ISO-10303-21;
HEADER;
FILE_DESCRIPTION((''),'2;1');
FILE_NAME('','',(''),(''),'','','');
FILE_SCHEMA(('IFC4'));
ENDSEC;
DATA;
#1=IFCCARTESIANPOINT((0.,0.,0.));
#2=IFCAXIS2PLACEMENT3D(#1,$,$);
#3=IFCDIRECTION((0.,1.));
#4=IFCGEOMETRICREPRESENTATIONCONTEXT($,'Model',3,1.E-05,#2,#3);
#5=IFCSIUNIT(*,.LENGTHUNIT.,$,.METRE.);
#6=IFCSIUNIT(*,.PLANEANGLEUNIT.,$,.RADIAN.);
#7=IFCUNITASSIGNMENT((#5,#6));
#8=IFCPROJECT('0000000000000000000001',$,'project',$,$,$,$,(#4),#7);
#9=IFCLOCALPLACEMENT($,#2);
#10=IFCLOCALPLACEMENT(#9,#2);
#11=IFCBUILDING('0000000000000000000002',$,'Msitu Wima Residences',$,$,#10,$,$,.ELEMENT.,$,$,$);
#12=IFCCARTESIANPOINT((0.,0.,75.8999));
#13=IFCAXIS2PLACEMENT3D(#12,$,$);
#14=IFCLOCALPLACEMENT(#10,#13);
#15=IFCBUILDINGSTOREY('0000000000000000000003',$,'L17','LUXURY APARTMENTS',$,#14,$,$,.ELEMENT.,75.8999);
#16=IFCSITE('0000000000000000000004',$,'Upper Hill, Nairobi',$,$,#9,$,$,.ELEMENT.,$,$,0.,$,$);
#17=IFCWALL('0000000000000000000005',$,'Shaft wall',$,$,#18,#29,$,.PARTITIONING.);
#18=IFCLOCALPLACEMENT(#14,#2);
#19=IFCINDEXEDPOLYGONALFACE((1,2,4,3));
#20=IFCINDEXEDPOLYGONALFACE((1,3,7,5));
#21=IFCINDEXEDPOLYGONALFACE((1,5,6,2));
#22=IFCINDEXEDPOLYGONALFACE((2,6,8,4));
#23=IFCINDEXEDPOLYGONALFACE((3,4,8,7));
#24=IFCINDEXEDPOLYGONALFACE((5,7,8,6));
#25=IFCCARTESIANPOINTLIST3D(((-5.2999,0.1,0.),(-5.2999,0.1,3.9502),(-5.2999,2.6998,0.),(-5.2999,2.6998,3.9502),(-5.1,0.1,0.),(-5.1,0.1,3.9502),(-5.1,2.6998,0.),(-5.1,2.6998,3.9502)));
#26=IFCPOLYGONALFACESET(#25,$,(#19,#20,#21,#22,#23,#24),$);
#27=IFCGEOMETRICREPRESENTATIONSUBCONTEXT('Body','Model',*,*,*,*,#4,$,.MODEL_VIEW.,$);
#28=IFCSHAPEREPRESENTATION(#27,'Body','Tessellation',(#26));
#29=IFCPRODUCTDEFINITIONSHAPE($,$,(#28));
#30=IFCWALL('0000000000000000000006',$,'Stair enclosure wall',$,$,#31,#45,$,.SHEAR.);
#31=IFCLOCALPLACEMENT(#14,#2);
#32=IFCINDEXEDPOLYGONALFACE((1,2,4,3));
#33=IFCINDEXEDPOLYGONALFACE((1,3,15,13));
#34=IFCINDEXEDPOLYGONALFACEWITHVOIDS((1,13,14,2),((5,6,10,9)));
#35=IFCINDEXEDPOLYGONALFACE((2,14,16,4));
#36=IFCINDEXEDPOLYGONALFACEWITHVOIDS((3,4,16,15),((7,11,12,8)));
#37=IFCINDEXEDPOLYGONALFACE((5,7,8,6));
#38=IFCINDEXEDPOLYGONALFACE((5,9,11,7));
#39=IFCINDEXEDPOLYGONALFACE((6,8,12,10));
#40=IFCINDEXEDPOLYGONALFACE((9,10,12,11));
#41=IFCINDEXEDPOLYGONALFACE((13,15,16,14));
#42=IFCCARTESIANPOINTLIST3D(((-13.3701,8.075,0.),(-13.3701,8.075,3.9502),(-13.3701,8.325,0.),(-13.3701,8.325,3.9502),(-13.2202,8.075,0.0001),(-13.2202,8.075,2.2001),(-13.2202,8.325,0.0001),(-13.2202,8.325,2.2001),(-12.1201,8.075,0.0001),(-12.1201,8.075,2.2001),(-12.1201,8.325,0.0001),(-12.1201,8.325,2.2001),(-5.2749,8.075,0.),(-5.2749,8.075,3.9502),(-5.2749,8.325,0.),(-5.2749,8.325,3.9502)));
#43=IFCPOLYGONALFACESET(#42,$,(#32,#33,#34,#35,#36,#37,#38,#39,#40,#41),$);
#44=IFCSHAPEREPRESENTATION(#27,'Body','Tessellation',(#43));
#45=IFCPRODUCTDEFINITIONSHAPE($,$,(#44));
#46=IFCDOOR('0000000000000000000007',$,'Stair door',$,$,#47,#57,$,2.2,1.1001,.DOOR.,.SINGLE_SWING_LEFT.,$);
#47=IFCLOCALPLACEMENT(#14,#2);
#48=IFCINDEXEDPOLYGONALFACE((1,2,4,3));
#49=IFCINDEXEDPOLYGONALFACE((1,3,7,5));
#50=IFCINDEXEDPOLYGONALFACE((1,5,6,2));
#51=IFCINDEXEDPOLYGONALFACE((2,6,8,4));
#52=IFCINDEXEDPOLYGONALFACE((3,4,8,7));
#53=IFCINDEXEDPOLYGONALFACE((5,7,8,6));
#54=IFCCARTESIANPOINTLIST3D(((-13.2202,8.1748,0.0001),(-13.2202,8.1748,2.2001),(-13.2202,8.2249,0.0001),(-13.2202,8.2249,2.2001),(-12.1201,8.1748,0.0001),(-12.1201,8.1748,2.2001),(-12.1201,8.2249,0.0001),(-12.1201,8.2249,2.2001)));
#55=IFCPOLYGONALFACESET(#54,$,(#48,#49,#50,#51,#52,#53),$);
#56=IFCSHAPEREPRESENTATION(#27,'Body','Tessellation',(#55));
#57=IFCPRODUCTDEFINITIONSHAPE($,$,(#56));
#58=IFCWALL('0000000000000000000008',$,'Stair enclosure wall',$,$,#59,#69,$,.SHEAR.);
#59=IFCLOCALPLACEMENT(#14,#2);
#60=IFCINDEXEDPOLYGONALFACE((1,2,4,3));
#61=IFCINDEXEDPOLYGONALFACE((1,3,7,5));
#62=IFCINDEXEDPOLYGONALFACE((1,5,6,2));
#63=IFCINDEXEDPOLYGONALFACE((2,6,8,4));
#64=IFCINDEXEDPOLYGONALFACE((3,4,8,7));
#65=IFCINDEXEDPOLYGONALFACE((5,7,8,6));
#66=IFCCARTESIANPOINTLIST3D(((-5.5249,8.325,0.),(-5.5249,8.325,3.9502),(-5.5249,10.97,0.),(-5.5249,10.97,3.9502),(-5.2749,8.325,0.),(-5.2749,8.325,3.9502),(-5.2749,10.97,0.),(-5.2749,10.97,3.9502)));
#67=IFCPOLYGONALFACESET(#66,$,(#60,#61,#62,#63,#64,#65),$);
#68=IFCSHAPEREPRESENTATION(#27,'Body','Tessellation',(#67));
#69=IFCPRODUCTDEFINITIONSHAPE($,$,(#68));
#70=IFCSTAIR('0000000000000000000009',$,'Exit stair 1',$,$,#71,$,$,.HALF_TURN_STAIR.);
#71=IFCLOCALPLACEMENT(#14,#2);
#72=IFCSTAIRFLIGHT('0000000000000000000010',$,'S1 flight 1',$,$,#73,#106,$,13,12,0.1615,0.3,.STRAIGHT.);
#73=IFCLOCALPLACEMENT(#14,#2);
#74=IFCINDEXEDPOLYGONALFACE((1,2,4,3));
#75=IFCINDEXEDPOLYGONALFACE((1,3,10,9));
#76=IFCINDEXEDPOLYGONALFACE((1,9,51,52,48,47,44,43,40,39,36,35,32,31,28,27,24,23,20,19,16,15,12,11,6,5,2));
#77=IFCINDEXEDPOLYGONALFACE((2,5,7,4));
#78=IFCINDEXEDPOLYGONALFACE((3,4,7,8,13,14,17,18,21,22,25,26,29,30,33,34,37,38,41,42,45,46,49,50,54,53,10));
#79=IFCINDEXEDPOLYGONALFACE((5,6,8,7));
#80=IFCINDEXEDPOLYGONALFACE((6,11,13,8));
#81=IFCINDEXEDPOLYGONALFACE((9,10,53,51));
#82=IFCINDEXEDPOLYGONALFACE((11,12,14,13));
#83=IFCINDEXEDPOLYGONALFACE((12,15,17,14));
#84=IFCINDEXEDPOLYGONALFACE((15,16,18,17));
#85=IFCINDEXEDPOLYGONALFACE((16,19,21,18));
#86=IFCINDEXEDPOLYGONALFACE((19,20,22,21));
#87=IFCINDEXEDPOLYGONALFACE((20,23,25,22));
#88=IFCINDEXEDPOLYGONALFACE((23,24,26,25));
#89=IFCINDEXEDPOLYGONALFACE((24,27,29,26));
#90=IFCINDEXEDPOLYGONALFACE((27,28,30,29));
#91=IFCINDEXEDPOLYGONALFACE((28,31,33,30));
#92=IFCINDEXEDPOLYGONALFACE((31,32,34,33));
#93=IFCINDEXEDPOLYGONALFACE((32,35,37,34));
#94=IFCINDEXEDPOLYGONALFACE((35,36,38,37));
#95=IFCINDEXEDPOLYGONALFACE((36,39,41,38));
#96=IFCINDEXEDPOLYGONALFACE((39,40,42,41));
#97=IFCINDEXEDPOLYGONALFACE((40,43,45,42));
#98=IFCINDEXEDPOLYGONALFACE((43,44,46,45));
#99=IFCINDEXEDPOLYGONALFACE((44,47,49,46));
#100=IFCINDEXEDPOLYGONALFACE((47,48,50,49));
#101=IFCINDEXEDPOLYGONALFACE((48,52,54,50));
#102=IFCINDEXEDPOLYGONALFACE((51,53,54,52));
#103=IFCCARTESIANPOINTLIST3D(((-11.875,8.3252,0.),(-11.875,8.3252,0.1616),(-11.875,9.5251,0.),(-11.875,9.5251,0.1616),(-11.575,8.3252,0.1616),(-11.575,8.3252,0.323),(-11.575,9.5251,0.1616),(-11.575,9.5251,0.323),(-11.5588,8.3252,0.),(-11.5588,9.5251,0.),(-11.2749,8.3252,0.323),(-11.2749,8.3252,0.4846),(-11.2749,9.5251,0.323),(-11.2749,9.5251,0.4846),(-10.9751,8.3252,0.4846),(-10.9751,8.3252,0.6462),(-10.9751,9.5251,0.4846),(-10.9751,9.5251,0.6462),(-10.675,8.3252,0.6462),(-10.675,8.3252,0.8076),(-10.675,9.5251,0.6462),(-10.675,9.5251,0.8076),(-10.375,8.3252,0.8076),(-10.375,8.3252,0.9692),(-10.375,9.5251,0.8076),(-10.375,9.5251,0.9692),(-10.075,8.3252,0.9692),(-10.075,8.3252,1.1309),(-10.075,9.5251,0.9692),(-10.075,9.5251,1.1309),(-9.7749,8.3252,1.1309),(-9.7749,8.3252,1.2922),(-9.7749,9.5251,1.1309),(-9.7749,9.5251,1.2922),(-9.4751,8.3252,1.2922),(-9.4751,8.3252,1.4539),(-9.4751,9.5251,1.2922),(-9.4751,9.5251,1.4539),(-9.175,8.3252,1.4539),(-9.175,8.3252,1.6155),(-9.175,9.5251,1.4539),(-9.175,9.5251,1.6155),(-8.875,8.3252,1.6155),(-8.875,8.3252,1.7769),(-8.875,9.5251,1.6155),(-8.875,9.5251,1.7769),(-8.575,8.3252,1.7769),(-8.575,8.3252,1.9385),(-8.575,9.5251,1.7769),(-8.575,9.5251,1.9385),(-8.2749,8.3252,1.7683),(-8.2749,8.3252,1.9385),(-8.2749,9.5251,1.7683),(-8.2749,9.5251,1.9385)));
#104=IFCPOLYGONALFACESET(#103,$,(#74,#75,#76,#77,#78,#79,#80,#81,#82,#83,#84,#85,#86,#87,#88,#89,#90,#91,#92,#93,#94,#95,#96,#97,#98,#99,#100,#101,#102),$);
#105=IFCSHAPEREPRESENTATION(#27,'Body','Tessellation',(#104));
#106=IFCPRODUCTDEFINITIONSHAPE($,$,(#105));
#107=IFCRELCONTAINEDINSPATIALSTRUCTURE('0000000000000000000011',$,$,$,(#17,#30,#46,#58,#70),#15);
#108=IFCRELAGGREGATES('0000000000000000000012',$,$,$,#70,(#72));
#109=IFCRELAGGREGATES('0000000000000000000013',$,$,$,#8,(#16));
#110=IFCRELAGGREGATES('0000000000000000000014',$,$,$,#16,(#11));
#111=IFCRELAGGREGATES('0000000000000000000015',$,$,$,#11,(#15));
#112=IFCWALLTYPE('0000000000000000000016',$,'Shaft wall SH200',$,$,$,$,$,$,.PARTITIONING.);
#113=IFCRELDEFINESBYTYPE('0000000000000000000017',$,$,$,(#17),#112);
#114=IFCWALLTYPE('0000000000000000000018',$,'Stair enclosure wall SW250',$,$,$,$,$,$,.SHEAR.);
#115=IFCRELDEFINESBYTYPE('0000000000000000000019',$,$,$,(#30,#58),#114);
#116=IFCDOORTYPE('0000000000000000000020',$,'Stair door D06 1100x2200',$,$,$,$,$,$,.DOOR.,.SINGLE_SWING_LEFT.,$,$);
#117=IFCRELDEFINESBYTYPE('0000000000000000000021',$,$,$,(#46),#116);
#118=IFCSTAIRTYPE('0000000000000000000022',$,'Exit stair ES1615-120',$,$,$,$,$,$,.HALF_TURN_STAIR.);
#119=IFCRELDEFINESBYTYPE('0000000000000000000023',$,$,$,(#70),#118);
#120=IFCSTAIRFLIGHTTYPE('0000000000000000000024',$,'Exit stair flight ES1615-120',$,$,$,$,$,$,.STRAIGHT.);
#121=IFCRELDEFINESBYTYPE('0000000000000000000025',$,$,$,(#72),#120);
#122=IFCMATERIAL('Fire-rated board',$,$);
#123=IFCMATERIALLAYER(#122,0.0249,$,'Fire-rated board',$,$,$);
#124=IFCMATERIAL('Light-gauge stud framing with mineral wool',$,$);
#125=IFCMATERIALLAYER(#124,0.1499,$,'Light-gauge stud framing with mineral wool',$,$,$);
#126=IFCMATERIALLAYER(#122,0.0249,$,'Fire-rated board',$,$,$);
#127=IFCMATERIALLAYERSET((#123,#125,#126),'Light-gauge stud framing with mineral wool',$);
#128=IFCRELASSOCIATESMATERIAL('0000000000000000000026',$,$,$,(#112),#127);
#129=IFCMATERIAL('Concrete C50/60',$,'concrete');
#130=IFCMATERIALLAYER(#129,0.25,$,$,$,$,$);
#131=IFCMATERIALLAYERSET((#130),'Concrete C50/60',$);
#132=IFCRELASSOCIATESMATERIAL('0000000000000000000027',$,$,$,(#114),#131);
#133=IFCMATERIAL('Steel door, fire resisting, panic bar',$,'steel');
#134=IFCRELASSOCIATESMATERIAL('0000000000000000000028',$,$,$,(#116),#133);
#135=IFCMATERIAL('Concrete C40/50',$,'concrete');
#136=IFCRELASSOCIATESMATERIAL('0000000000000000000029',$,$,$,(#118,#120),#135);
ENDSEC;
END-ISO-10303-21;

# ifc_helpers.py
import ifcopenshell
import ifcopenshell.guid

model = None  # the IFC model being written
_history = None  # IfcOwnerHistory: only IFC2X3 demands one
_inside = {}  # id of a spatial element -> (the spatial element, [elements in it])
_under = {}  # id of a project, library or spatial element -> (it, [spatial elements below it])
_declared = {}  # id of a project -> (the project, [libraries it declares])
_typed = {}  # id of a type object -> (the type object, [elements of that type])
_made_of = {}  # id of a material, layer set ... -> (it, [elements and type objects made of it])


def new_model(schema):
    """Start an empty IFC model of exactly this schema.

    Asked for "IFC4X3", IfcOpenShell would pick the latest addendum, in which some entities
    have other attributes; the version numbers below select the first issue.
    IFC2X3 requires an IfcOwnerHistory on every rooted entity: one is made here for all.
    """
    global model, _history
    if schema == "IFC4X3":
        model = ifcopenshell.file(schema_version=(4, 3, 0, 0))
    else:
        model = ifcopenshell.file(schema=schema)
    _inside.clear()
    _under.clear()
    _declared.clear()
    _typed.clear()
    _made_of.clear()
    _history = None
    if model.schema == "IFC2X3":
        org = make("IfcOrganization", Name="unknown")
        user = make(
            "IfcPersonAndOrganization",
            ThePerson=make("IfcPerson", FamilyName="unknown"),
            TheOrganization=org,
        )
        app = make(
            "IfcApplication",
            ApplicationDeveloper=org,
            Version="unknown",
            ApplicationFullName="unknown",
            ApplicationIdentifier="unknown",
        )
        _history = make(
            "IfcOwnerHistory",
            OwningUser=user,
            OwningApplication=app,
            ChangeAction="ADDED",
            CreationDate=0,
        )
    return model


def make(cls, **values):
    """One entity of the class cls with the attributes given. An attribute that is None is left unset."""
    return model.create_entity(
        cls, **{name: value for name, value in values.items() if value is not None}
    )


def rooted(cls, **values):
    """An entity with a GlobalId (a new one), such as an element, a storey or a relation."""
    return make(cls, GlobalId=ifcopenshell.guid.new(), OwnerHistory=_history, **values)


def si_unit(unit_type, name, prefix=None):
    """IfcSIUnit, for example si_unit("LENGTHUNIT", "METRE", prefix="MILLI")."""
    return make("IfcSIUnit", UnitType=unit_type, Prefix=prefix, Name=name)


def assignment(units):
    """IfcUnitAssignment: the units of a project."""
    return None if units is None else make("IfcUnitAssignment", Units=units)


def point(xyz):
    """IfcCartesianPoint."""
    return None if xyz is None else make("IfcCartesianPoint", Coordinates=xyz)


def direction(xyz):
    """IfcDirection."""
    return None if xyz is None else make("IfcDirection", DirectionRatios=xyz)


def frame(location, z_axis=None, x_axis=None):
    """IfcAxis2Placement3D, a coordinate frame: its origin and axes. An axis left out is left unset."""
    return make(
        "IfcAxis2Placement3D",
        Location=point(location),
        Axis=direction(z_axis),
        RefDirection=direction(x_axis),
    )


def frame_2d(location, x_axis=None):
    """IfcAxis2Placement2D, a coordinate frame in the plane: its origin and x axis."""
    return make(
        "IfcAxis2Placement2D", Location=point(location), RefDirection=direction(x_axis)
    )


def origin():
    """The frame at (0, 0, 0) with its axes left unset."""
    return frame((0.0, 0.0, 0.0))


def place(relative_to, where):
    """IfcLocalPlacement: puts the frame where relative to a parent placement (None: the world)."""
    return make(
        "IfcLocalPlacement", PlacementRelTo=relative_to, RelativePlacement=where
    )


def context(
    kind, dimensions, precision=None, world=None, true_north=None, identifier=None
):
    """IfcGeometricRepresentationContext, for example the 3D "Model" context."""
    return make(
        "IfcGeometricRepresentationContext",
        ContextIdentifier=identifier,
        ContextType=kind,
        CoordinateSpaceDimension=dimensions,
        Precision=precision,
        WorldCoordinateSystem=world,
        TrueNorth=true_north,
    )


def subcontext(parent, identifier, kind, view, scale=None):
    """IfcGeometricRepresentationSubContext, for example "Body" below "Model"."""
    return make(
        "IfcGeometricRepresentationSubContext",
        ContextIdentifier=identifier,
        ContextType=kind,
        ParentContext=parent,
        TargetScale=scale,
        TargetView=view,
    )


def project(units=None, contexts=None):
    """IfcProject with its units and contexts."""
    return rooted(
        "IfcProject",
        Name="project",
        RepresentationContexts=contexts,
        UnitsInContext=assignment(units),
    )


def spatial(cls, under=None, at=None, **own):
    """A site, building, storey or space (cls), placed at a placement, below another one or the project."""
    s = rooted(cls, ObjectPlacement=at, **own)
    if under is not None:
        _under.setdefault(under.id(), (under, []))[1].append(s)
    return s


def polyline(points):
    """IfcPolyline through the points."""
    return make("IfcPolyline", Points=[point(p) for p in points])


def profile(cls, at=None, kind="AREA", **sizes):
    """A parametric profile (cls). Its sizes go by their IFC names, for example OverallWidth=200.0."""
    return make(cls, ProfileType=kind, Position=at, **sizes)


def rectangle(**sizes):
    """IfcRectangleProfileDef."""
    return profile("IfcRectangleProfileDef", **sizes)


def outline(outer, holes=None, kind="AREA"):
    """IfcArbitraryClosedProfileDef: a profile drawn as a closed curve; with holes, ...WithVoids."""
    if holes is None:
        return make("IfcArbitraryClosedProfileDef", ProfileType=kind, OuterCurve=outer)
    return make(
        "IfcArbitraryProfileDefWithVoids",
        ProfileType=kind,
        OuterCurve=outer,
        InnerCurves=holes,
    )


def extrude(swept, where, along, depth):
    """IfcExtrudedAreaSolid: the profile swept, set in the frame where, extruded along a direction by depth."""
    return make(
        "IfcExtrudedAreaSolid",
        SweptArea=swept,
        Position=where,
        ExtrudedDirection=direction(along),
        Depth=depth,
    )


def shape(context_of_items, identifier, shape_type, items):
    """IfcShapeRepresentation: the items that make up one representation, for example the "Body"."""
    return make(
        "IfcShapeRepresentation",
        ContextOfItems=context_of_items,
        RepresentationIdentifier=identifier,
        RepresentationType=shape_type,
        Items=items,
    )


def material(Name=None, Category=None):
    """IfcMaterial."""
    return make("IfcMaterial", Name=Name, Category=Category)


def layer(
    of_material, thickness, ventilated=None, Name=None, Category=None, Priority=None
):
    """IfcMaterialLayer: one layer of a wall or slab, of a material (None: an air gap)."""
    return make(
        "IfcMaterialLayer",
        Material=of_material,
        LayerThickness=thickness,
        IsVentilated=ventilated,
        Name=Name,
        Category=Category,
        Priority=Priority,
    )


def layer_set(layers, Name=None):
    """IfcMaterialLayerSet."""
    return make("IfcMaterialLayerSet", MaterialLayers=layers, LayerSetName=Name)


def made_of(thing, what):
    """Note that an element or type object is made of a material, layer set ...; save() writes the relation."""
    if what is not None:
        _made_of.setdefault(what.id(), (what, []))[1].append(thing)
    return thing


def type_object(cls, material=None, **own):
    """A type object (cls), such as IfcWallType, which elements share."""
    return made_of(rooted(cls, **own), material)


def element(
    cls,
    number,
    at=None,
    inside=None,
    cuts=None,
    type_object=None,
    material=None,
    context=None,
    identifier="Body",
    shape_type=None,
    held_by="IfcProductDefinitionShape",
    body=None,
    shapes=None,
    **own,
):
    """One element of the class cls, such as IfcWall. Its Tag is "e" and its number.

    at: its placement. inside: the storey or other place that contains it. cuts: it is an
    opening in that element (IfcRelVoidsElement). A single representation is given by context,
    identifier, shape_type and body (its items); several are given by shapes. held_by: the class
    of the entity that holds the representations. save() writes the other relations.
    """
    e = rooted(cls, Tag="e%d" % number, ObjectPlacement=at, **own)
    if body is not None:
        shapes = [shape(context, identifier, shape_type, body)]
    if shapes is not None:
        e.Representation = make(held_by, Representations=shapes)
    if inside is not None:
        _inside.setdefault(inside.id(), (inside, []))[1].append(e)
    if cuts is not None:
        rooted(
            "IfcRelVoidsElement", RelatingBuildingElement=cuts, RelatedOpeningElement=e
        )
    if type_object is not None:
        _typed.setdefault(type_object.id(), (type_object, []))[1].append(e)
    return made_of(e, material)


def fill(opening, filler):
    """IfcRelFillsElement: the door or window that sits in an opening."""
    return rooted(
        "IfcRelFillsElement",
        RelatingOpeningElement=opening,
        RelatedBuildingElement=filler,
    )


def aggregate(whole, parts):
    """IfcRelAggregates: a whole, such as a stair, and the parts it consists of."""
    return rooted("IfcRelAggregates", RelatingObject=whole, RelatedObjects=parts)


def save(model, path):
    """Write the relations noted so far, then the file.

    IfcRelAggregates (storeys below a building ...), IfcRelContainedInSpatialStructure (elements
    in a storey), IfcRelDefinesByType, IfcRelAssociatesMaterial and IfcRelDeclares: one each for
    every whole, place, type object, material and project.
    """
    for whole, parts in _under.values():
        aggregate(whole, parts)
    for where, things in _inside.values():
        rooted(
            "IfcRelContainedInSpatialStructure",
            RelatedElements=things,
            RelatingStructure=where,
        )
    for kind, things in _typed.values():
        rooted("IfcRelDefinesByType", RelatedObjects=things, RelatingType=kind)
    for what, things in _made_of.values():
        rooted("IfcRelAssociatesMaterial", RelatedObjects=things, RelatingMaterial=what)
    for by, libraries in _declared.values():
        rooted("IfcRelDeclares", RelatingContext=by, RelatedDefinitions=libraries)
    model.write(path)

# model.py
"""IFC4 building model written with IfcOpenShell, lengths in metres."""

from ifc_helpers import new_model, si_unit, direction, frame, frame_2d, origin, place, context, subcontext, project, spatial, polyline, rectangle, outline, extrude, material, layer, layer_set, type_object, element, fill, aggregate, save


model = new_model("IFC4")

# Units and contexts
model_context = context("Model", 3, precision=1e-05, world=origin(), true_north=direction((0.0, 1.0)))
body_context = subcontext(model_context, "Body", "Model", "MODEL_VIEW")
ifc_project = project(units=[si_unit("LENGTHUNIT", "METRE"), si_unit("PLANEANGLEUNIT", "RADIAN")], contexts=[model_context])

# Site, building, storey
site_placement = place(None, origin())
site = spatial("IfcSite", under=ifc_project, at=site_placement, Name="Upper Hill, Nairobi", CompositionType="ELEMENT", RefElevation=0.0)
building_placement = place(site_placement, origin())
building = spatial("IfcBuilding", under=site, at=building_placement, Name="Msitu Wima Residences", CompositionType="ELEMENT")
storey_placement = place(building_placement, frame((0.0, 0.0, 75.8999)))
storey = spatial("IfcBuildingStorey", under=building, at=storey_placement, Name="L17", Description="LUXURY APARTMENTS", CompositionType="ELEMENT", Elevation=75.8999)

# Shared definitions
ifc_material_1 = material(Name="Concrete C40/50", Category="concrete")

# Shared definitions
ifc_material_2 = material(Name="Fire-rated board")
ifc_layer_1 = layer(ifc_material_2, 0.0249, Name="Fire-rated board")
ifc_material_3 = material(Name="Light-gauge stud framing with mineral wool")
ifc_layer_2 = layer(ifc_material_3, 0.1499, Name="Light-gauge stud framing with mineral wool")
ifc_layer_3 = layer(ifc_material_2, 0.0249, Name="Fire-rated board")
ifc_layer_set_1 = layer_set([ifc_layer_1, ifc_layer_2, ifc_layer_3], Name="Light-gauge stud framing with mineral wool")
wall_type_1 = type_object("IfcWallType", Name="Shaft wall SH200", PredefinedType="PARTITIONING", material=ifc_layer_set_1)

# Wall
wall_1_placement = place(storey_placement, frame((-5.2, 0.1001, 0.0), z_axis=(0.0, 0.0, 1.0), x_axis=(0.0, 1.0, 0.0)))
element("IfcWall", 1, at=wall_1_placement, inside=storey, type_object=wall_type_1, Name="Shaft wall", PredefinedType="PARTITIONING", context=body_context, shape_type="SweptSolid", body=[
    extrude(rectangle(XDim=2.5999, YDim=0.2, at=frame_2d((1.2998, 0.0))), origin(), (0.0, 0.0, 1.0), 3.9502),
])

# Wall, opening, door
ifc_material_4 = material(Name="Concrete C50/60", Category="concrete")
ifc_layer_4 = layer(ifc_material_4, 0.25)
ifc_layer_set_2 = layer_set([ifc_layer_4], Name="Concrete C50/60")
wall_type_2 = type_object("IfcWallType", Name="Stair enclosure wall SW250", PredefinedType="SHEAR", material=ifc_layer_set_2)
wall_2_placement = place(storey_placement, frame((-13.3701, 8.2, 0.0), z_axis=(0.0, 0.0, 1.0), x_axis=(1.0, 0.0, 0.0)))
wall_2 = element("IfcWall", 2, at=wall_2_placement, inside=storey, type_object=wall_type_2, Name="Stair enclosure wall", PredefinedType="SHEAR", context=body_context, shape_type="SweptSolid", body=[
    extrude(rectangle(XDim=8.0952, YDim=0.25, at=frame_2d((4.0476, 0.0))), origin(), (0.0, 0.0, 1.0), 3.9502),
])
opening_1_placement = place(wall_2_placement, frame((0.1499, 0.0, 0.0)))
opening_1 = element("IfcOpeningElement", 3, at=opening_1_placement, cuts=wall_2, PredefinedType="OPENING", context=body_context, shape_type="SweptSolid", body=[
    extrude(rectangle(XDim=1.1001, YDim=2.2, at=frame_2d((0.55, 1.1001))), frame((0.0, 0.135, 0.0), z_axis=(0.0, -1.0, 0.0), x_axis=(1.0, 0.0, 0.0)), (0.0, 0.0, 1.0), 0.27),
])
ifc_material_5 = material(Name="Steel door, fire resisting, panic bar", Category="steel")
door_type_1 = type_object("IfcDoorType", Name="Stair door D06 1100x2200", OperationType="SINGLE_SWING_LEFT", PredefinedType="DOOR", material=ifc_material_5)
door_1_placement = place(opening_1_placement, origin())
door_1 = element("IfcDoor", 4, at=door_1_placement, inside=storey, type_object=door_type_1, Name="Stair door", OperationType="SINGLE_SWING_LEFT", OverallHeight=2.2, OverallWidth=1.1001, PredefinedType="DOOR", context=body_context, shape_type="SweptSolid", body=[
    extrude(rectangle(XDim=1.1001, YDim=2.2, at=frame_2d((0.55, 1.1001))), frame((0.0, 0.0249, 0.0), z_axis=(0.0, -1.0, 0.0), x_axis=(1.0, 0.0, 0.0)), (0.0, 0.0, 1.0), 0.05),
])
fill(opening_1, door_1)

# Wall
wall_3_placement = place(storey_placement, frame((-5.3999, 8.325, 0.0), z_axis=(0.0, 0.0, 1.0), x_axis=(0.0, 1.0, 0.0)))
element("IfcWall", 5, at=wall_3_placement, inside=storey, type_object=wall_type_2, Name="Stair enclosure wall", PredefinedType="SHEAR", context=body_context, shape_type="SweptSolid", body=[
    extrude(rectangle(XDim=2.645, YDim=0.25, at=frame_2d((1.3225, 0.0))), origin(), (0.0, 0.0, 1.0), 3.9502),
])

# Stair, stair flight
stair_type = type_object("IfcStairType", Name="Exit stair ES1615-120", PredefinedType="HALF_TURN_STAIR", material=ifc_material_1)
stair_placement = place(storey_placement, origin())
stair = element("IfcStair", 6, at=stair_placement, inside=storey, type_object=stair_type, Name="Exit stair 1", PredefinedType="HALF_TURN_STAIR")
stair_flight_type = type_object("IfcStairFlightType", Name="Exit stair flight ES1615-120", PredefinedType="STRAIGHT", material=ifc_material_1)
stair_flight_placement = place(storey_placement, frame((-11.875, 8.925, 0.0), z_axis=(0.0, 0.0, 1.0), x_axis=(1.0, 0.0, 0.0)))
stair_flight = element("IfcStairFlight", 7, at=stair_flight_placement, type_object=stair_flight_type, Name="S1 flight 1", NumberOfRisers=13, NumberOfTreads=12, PredefinedType="STRAIGHT", RiserHeight=0.1615, TreadLength=0.3, context=body_context, shape_type="SweptSolid", body=[
    extrude(outline(polyline([(0.0, 0.0), (0.0, 0.1616), (0.3, 0.1616), (0.3, 0.323), (0.6001, 0.323), (0.6001, 0.4846), (0.8999, 0.4846), (0.8999, 0.6462), (1.2, 0.6462), (1.2, 0.8076), (1.5, 0.8076), (1.5, 0.9692), (1.8, 0.9692), (1.8, 1.1309), (2.1001, 1.1309), (2.1001, 1.2922), (2.3999, 1.2922), (2.3999, 1.4539), (2.7, 1.4539), (2.7, 1.6155), (3.0, 1.6155), (3.0, 1.7769), (3.3, 1.7769), (3.3, 1.9385), (3.6001, 1.9385), (3.6001, 2.1001), (3.6001, 1.7683), (0.3162, 0.0), (0.0, 0.0)])), frame((0.0, 0.6001, 0.0), z_axis=(0.0, -1.0, 0.0), x_axis=(1.0, 0.0, 0.0)), (0.0, 0.0, 1.0), 1.2),
])
aggregate(stair, [stair_flight])

save(model, "model.ifc")
